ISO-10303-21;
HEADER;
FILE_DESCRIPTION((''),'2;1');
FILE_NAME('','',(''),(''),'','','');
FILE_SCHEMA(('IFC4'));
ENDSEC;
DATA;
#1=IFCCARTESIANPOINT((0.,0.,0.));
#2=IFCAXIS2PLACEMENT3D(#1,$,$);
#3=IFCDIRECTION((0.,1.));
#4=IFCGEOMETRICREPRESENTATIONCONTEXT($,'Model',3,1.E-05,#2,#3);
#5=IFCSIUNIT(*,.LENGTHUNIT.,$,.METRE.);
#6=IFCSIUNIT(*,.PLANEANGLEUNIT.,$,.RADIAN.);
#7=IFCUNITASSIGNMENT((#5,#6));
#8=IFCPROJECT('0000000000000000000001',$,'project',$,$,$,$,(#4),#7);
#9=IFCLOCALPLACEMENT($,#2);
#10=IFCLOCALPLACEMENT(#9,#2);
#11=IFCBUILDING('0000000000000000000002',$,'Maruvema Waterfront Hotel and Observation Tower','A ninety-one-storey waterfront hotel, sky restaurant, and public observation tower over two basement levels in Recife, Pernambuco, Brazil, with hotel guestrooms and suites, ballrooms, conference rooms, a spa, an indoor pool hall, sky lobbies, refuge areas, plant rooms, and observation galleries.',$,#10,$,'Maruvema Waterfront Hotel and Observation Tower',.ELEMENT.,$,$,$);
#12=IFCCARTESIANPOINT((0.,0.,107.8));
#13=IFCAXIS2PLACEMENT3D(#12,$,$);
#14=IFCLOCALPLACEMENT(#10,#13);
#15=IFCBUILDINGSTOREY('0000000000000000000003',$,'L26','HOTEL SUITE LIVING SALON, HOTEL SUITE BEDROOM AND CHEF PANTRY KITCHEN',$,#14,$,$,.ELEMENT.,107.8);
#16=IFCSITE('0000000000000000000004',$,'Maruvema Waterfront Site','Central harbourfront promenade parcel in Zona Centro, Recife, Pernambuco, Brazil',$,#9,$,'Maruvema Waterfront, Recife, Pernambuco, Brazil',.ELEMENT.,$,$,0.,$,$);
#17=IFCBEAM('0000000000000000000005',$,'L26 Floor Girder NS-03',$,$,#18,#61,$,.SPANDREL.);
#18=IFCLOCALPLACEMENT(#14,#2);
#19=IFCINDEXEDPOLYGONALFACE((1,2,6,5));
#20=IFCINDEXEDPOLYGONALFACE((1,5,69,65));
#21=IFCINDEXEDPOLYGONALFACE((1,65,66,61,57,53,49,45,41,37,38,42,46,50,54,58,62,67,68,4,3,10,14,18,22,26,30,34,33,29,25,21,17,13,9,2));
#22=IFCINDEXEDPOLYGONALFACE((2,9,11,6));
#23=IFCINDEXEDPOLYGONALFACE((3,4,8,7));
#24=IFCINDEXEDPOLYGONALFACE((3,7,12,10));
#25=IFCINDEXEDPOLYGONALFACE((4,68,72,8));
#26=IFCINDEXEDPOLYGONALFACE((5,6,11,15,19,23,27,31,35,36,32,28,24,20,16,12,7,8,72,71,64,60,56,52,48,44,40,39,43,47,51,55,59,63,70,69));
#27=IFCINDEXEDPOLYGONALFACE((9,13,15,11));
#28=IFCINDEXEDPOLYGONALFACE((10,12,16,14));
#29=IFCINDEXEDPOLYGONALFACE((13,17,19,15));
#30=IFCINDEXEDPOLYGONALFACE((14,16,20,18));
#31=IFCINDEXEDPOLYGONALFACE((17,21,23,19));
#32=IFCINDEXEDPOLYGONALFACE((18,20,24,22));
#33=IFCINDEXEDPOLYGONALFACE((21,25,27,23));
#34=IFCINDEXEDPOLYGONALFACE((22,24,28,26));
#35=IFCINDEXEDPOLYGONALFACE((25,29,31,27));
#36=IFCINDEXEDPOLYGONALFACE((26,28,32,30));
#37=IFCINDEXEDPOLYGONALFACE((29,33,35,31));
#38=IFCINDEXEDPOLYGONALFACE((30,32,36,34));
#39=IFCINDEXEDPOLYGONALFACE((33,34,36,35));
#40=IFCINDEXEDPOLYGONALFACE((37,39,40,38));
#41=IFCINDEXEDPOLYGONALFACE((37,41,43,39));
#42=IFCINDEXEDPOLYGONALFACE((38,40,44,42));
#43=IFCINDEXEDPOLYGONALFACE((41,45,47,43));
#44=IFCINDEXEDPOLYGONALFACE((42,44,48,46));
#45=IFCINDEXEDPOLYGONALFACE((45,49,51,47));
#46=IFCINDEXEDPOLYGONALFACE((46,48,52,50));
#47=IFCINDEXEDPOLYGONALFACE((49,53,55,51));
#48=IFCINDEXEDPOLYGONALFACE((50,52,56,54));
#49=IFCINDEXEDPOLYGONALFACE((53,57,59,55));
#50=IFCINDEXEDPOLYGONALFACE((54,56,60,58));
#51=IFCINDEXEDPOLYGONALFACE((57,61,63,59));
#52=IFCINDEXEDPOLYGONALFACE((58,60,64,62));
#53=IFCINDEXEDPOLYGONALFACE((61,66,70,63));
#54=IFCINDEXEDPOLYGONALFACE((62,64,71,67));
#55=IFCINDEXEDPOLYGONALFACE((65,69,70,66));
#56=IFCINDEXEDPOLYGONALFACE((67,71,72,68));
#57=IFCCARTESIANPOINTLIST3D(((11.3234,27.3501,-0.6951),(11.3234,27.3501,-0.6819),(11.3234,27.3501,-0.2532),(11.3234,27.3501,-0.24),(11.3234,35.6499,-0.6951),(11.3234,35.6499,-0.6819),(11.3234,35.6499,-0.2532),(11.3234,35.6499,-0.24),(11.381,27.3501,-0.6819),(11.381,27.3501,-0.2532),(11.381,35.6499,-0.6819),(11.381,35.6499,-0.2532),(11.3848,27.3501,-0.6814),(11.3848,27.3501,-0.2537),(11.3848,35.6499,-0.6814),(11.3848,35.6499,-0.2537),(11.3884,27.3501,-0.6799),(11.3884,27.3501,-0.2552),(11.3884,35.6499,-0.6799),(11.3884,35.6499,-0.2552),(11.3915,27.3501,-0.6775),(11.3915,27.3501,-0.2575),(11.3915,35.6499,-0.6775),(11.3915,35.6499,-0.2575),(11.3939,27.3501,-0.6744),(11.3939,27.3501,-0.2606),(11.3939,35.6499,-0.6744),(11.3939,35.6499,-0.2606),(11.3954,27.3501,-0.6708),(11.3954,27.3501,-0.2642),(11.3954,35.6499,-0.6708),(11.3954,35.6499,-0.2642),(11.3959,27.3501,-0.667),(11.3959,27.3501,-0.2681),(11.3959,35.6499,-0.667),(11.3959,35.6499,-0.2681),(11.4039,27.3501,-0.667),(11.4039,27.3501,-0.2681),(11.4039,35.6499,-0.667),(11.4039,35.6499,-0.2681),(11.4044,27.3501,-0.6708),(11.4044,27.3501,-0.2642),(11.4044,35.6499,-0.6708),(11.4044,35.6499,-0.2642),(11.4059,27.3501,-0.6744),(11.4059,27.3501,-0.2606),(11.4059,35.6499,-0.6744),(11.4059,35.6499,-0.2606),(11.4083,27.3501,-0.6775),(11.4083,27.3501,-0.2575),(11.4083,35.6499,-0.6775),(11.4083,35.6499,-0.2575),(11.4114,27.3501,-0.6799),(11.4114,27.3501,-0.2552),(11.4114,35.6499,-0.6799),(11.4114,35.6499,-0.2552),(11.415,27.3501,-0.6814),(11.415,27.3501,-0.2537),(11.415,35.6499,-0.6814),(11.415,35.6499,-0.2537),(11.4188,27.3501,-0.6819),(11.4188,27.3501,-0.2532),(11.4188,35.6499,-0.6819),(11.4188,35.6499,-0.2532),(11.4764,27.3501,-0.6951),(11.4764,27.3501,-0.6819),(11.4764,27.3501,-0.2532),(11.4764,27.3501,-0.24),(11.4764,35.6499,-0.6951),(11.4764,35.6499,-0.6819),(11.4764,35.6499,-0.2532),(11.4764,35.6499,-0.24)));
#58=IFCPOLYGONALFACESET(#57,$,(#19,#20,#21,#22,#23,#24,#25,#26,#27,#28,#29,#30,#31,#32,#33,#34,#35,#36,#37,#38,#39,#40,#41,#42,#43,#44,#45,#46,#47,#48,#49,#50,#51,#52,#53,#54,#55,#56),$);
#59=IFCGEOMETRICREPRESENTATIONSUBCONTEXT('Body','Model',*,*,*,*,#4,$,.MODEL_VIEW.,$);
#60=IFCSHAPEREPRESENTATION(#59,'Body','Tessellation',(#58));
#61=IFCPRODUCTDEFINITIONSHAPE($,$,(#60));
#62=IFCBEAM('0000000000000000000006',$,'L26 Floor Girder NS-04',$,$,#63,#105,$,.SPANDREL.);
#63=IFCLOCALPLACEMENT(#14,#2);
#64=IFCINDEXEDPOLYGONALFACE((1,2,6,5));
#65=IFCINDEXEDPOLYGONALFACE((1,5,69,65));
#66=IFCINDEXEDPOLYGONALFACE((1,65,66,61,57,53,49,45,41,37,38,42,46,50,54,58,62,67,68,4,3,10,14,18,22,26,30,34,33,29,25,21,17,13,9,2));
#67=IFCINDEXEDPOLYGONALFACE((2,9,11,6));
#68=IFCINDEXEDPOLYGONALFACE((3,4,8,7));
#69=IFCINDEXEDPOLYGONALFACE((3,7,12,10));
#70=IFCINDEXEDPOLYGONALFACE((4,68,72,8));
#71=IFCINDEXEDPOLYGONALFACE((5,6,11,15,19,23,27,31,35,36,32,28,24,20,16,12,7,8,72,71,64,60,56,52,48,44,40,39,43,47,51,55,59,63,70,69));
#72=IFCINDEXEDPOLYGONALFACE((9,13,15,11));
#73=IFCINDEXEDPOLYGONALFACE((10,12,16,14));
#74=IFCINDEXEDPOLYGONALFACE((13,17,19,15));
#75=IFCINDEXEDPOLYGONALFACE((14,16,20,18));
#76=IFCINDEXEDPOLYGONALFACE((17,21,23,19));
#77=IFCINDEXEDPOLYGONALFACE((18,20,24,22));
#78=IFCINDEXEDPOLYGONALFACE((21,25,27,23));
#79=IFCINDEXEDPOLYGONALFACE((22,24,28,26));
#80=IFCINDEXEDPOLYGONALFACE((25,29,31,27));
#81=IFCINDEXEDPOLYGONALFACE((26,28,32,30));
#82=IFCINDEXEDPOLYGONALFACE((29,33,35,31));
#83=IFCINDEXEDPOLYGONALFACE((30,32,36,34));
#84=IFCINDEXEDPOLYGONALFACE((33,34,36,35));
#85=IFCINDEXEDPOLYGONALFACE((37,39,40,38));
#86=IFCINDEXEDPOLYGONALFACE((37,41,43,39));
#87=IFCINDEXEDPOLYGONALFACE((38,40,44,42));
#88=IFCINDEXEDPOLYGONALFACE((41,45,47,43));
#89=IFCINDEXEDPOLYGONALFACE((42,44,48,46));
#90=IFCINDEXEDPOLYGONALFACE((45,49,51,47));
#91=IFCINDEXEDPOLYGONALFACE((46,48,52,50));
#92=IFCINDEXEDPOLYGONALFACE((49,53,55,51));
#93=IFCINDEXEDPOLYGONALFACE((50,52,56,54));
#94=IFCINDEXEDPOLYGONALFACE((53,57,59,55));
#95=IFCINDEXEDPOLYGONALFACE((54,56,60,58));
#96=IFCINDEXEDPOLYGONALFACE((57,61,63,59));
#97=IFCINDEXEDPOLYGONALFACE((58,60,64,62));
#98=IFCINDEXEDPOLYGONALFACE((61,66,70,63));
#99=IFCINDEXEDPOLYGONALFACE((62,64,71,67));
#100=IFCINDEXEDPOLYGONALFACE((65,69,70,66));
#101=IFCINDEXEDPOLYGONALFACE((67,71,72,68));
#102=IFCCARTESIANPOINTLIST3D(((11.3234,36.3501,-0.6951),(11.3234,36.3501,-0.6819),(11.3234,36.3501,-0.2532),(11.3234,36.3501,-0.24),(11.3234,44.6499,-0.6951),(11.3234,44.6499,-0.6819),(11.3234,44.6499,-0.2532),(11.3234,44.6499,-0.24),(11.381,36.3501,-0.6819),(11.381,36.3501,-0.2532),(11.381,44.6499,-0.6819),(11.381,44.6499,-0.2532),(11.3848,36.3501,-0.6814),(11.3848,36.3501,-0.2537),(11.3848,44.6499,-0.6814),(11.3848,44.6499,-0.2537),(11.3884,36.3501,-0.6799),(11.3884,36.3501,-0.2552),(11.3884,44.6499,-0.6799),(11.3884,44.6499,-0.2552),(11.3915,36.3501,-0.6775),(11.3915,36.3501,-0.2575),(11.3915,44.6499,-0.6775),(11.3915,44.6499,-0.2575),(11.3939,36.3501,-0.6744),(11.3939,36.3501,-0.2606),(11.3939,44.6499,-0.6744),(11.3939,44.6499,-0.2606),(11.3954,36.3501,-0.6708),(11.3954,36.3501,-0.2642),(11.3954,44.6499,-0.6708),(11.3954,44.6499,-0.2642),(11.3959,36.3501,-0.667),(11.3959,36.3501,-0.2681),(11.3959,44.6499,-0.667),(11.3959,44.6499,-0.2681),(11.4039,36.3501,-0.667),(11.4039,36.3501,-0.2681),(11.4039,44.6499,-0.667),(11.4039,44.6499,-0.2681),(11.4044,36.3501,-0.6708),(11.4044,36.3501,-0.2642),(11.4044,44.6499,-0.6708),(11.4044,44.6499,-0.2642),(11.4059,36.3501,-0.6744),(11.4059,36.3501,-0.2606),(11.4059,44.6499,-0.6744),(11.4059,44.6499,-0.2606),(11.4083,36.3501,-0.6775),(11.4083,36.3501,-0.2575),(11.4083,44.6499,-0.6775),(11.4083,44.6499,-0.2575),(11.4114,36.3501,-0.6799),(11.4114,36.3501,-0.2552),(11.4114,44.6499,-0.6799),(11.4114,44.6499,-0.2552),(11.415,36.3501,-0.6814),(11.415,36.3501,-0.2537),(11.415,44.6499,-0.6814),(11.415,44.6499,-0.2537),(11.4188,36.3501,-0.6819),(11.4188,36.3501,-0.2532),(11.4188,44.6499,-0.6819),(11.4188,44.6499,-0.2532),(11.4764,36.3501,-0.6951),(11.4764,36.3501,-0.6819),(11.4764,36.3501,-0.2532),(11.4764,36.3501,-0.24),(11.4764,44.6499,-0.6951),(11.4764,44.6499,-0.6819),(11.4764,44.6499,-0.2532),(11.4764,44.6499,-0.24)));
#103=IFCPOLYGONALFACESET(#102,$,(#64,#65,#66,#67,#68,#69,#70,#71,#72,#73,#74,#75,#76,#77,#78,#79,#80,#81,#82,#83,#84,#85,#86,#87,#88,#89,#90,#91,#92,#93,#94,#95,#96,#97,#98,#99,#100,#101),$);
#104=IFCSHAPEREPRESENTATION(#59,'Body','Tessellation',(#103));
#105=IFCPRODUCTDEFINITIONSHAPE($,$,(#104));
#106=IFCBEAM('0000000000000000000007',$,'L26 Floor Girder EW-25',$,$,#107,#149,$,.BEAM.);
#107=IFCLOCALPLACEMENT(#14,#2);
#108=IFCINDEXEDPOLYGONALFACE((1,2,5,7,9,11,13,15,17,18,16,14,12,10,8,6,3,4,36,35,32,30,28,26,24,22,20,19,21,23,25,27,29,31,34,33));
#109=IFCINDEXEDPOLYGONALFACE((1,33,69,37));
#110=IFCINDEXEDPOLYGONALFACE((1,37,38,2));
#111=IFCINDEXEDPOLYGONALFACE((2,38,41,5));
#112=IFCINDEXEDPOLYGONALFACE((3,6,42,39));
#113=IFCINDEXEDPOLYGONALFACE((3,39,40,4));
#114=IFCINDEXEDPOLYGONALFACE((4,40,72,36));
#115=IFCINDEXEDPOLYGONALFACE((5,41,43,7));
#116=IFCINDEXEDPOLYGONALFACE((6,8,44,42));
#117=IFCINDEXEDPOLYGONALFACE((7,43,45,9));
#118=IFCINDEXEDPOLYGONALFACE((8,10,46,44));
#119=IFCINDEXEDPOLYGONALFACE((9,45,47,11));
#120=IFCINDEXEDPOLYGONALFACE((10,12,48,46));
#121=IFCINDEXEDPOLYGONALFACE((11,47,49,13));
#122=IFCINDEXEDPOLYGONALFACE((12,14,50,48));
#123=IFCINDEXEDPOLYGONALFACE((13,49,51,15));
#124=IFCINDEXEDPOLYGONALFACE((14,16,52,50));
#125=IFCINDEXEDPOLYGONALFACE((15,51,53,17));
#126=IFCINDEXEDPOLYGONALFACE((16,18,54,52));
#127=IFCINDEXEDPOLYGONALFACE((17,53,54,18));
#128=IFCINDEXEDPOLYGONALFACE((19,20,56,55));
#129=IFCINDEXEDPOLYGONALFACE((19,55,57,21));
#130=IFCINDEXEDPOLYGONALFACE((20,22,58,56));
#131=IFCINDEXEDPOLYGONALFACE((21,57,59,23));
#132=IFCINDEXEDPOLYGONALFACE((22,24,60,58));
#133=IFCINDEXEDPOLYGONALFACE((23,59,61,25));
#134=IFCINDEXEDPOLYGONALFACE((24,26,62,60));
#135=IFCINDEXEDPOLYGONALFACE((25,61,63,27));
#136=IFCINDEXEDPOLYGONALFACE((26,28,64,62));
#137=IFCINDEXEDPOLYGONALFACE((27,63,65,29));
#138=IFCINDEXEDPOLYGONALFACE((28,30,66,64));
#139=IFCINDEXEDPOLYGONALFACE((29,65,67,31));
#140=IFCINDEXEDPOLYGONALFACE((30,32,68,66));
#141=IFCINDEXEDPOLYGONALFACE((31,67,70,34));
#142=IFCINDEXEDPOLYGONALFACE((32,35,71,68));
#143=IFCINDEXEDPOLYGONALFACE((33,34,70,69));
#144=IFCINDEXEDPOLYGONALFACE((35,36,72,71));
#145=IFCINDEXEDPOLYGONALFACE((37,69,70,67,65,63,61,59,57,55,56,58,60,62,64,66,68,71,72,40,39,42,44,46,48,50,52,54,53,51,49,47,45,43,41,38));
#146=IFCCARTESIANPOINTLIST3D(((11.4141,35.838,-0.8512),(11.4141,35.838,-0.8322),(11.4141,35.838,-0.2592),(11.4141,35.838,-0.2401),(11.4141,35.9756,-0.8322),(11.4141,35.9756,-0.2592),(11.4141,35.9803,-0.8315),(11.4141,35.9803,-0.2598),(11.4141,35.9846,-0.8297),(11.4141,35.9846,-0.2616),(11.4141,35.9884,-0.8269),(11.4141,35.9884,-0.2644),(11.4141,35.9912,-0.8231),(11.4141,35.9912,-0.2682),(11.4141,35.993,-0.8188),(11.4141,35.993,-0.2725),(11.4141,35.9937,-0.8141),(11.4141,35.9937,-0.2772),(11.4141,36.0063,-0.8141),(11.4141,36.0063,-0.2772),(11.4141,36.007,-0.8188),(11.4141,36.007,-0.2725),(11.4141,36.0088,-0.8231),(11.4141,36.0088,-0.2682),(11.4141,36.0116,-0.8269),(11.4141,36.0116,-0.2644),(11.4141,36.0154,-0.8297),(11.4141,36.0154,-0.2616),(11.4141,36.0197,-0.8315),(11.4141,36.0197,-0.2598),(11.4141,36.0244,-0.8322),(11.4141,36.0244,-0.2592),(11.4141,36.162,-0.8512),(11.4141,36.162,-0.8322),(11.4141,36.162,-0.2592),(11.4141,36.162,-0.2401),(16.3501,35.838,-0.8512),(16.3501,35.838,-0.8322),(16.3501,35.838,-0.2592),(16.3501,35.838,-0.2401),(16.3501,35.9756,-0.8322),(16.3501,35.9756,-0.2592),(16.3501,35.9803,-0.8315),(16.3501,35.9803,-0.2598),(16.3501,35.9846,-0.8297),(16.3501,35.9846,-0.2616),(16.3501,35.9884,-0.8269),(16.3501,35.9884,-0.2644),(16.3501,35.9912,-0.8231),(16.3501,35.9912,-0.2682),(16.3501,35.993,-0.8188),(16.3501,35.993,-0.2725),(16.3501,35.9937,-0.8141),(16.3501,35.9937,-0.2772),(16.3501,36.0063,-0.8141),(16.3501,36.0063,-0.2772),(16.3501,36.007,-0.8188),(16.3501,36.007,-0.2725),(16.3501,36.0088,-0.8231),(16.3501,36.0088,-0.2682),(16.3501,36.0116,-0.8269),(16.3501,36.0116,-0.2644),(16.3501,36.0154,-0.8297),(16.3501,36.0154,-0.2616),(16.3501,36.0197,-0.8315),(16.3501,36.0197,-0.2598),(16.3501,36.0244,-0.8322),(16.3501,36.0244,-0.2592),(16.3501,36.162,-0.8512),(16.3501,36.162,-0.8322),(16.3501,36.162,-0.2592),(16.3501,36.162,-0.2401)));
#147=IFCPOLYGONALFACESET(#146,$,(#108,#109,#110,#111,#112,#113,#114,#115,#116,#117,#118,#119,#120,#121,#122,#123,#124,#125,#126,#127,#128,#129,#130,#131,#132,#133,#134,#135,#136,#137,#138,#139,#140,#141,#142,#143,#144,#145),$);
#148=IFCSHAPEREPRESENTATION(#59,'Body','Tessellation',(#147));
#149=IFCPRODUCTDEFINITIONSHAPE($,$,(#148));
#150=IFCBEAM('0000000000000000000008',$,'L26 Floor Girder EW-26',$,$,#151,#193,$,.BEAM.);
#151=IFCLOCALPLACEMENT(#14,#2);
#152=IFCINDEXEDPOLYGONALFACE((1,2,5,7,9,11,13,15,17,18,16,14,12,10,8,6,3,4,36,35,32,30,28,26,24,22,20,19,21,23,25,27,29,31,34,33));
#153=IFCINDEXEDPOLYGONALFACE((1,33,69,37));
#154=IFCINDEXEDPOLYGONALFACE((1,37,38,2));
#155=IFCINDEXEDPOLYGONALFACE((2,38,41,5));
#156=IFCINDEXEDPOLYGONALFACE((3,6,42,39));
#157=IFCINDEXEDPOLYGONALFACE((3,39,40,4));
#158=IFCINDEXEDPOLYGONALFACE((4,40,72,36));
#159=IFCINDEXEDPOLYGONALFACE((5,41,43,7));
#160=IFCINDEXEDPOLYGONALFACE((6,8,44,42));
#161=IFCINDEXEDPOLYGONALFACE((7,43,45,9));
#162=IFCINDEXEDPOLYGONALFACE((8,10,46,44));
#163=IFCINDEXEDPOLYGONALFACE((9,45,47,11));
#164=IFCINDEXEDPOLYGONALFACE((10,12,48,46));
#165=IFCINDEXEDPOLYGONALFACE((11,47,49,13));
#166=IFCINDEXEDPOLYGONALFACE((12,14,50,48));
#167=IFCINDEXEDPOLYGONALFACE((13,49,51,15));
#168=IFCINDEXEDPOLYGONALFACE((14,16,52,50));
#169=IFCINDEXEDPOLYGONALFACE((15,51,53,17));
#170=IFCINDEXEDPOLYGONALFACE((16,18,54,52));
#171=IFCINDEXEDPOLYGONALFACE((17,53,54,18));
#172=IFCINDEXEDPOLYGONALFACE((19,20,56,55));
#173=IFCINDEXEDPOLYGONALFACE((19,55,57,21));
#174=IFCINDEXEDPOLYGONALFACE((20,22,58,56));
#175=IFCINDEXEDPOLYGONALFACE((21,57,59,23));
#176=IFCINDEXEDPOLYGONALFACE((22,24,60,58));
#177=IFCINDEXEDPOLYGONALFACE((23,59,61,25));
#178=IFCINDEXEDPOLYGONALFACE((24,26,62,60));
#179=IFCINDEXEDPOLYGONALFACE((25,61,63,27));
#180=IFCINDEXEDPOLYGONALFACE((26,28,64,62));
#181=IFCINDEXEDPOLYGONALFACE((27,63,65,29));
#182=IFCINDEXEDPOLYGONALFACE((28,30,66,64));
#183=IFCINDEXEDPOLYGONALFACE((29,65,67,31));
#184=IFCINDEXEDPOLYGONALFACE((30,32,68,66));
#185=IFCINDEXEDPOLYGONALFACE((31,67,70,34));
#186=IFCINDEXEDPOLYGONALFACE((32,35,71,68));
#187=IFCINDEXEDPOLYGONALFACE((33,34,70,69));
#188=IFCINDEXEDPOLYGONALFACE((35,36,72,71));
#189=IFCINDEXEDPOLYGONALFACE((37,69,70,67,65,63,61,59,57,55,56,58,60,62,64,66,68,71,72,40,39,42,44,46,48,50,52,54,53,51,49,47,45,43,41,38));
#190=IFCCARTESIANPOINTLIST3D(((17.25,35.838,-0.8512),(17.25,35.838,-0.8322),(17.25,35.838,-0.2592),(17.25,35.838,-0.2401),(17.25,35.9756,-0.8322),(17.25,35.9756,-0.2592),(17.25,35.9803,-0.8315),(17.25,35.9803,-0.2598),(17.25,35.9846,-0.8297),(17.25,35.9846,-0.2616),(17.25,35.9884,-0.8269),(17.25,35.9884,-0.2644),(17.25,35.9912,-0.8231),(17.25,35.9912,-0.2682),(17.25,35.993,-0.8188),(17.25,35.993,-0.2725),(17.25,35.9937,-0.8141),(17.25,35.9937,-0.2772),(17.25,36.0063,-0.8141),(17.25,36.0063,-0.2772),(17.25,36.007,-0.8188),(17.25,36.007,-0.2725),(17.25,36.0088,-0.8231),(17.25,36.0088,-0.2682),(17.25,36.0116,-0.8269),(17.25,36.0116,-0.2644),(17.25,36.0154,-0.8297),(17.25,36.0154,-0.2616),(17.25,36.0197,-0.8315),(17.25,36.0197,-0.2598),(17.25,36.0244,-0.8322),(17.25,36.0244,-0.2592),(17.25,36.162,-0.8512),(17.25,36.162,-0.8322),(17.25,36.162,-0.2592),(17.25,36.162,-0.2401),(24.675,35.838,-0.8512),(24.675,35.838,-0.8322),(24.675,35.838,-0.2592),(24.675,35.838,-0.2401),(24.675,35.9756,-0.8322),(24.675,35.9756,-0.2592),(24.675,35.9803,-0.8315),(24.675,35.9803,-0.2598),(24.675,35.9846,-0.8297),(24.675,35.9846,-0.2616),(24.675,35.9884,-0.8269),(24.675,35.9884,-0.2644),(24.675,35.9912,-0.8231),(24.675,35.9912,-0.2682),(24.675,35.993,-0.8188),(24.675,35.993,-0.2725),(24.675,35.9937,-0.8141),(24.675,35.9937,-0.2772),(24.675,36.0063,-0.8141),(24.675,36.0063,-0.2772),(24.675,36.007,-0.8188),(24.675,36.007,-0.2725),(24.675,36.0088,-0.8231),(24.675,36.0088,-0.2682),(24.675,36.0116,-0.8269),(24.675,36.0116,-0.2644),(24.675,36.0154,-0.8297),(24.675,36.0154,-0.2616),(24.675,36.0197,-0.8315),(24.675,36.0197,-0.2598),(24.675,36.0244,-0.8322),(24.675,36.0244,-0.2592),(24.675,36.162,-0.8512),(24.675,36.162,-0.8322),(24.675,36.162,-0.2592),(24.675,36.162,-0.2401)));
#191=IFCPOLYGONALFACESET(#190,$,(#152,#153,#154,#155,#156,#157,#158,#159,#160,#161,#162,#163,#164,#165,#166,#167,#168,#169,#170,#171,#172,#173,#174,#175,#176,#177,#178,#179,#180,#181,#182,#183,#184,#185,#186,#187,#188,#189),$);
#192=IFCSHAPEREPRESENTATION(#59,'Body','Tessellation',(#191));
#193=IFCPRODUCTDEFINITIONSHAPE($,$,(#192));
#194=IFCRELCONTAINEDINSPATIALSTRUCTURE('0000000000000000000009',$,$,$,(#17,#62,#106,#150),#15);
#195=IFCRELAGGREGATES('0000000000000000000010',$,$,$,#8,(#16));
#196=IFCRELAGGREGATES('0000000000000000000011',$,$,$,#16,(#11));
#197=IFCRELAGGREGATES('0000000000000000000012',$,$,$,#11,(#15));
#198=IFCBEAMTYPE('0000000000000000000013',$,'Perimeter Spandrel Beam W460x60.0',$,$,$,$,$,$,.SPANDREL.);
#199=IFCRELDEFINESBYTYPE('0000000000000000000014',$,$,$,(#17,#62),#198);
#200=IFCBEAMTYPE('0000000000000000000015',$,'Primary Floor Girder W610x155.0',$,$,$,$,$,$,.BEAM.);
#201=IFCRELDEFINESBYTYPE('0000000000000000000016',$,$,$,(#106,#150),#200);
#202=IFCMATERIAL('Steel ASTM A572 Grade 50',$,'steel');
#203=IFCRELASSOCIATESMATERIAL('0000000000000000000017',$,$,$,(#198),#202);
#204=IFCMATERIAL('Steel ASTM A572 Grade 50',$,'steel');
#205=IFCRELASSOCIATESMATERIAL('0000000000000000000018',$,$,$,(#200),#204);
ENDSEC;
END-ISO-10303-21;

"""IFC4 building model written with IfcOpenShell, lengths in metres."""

from ifc_helpers import new_model, si_unit, direction, frame, origin, origin_2d, place, context, subcontext, project, spatial, i_section, extrude, material, material_profile, profile_set, type_object, element, save


model = new_model("IFC4")

# Units and contexts
model_context = context("Model", 3, precision=1e-05, world=origin(), true_north=direction((0.0, 1.0)))
body_context = subcontext(model_context, "Body", "Model", "MODEL_VIEW")
ifc_project = project(units=[si_unit("LENGTHUNIT", "METRE"), si_unit("PLANEANGLEUNIT", "RADIAN")], contexts=[model_context])

# Site, building, storey
site_placement = place(None, origin())
site = spatial("IfcSite", under=ifc_project, at=site_placement, Name="Maruvema Waterfront Site", Description="Central harbourfront promenade parcel in Zona Centro, Recife, Pernambuco, Brazil", LongName="Maruvema Waterfront, Recife, Pernambuco, Brazil", CompositionType="ELEMENT", RefElevation=0.0)
building_placement = place(site_placement, origin())
building = spatial("IfcBuilding", under=site, at=building_placement, Name="Maruvema Waterfront Hotel and Observation Tower", Description="A ninety-one-storey waterfront hotel, sky restaurant, and public observation tower over two basement levels in Recife, Pernambuco, Brazil, with hotel guestrooms and suites, ballrooms, conference rooms, a spa, an indoor pool hall, sky lobbies, refuge areas, plant rooms, and observation galleries.", LongName="Maruvema Waterfront Hotel and Observation Tower", CompositionType="ELEMENT")
storey_placement = place(building_placement, frame((0.0, 0.0, 107.8)))
storey = spatial("IfcBuildingStorey", under=building, at=storey_placement, Name="L26", Description="HOTEL SUITE LIVING SALON, HOTEL SUITE BEDROOM AND CHEF PANTRY KITCHEN", CompositionType="ELEMENT", Elevation=107.8)

# Beams
ifc_material_1 = material(Name="Steel ASTM A572 Grade 50", Category="steel")
ifc_material_profile_1 = material_profile(ifc_material_1, i_section(OverallWidth=0.1531, OverallDepth=0.4551, WebThickness=0.0081, FlangeThickness=0.0132, FilletRadius=0.0149, at=origin_2d()), Name="W460x60.0")
ifc_profile_set_1 = profile_set([ifc_material_profile_1], Name="Steel ASTM A572 Grade 50")
beam_type_1 = type_object("IfcBeamType", Name="Perimeter Spandrel Beam W460x60.0", PredefinedType="SPANDREL", material=ifc_profile_set_1)
for number, where, z_axis, x_axis, name in (
    (1, (11.3999, 27.3501, -0.4675), (0.0, 1.0, 0.0), (-1.0, 0.0, 0.0), "L26 Floor Girder NS-03"),
    (2, (11.3999, 36.3501, -0.4675), (0.0, 1.0, 0.0), (-1.0, 0.0, 0.0), "L26 Floor Girder NS-04"),
):
    element("IfcBeam", number, at=place(storey_placement, frame(where, z_axis=z_axis, x_axis=x_axis)), inside=storey, type_object=beam_type_1, Name=name, PredefinedType="SPANDREL", context=body_context, shape_type="SweptSolid", body=[
        extrude(i_section(OverallWidth=0.1531, OverallDepth=0.4551, WebThickness=0.0081, FlangeThickness=0.0132, FilletRadius=0.0149, at=origin_2d()), origin(), (0.0, 0.0, 1.0), 8.2998),
    ])
ifc_material_2 = material(Name="Steel ASTM A572 Grade 50", Category="steel")
ifc_material_profile_2 = material_profile(ifc_material_2, i_section(OverallWidth=0.324, OverallDepth=0.6111, WebThickness=0.0127, FlangeThickness=0.019, FilletRadius=0.0181, at=origin_2d()), Name="W610x155.0")
ifc_profile_set_2 = profile_set([ifc_material_profile_2], Name="Steel ASTM A572 Grade 50")
beam_type_2 = type_object("IfcBeamType", Name="Primary Floor Girder W610x155.0", PredefinedType="BEAM", material=ifc_profile_set_2)
beam_1_placement = place(storey_placement, frame((11.4141, 36.0, -0.5457), z_axis=(1.0, 0.0, 0.0), x_axis=(0.0, 1.0, 0.0)))
element("IfcBeam", 3, at=beam_1_placement, inside=storey, type_object=beam_type_2, Name="L26 Floor Girder EW-25", PredefinedType="BEAM", context=body_context, shape_type="SweptSolid", body=[
    extrude(i_section(OverallWidth=0.324, OverallDepth=0.6111, WebThickness=0.0127, FlangeThickness=0.019, FilletRadius=0.0181, at=origin_2d()), origin(), (0.0, 0.0, 1.0), 4.936),
])
beam_2_placement = place(storey_placement, frame((17.25, 36.0, -0.5457), z_axis=(1.0, 0.0, 0.0), x_axis=(0.0, 1.0, 0.0)))
element("IfcBeam", 4, at=beam_2_placement, inside=storey, type_object=beam_type_2, Name="L26 Floor Girder EW-26", PredefinedType="BEAM", context=body_context, shape_type="SweptSolid", body=[
    extrude(i_section(OverallWidth=0.324, OverallDepth=0.6111, WebThickness=0.0127, FlangeThickness=0.019, FilletRadius=0.0181, at=origin_2d()), origin(), (0.0, 0.0, 1.0), 7.425),
])

save(model, "model.ifc")
